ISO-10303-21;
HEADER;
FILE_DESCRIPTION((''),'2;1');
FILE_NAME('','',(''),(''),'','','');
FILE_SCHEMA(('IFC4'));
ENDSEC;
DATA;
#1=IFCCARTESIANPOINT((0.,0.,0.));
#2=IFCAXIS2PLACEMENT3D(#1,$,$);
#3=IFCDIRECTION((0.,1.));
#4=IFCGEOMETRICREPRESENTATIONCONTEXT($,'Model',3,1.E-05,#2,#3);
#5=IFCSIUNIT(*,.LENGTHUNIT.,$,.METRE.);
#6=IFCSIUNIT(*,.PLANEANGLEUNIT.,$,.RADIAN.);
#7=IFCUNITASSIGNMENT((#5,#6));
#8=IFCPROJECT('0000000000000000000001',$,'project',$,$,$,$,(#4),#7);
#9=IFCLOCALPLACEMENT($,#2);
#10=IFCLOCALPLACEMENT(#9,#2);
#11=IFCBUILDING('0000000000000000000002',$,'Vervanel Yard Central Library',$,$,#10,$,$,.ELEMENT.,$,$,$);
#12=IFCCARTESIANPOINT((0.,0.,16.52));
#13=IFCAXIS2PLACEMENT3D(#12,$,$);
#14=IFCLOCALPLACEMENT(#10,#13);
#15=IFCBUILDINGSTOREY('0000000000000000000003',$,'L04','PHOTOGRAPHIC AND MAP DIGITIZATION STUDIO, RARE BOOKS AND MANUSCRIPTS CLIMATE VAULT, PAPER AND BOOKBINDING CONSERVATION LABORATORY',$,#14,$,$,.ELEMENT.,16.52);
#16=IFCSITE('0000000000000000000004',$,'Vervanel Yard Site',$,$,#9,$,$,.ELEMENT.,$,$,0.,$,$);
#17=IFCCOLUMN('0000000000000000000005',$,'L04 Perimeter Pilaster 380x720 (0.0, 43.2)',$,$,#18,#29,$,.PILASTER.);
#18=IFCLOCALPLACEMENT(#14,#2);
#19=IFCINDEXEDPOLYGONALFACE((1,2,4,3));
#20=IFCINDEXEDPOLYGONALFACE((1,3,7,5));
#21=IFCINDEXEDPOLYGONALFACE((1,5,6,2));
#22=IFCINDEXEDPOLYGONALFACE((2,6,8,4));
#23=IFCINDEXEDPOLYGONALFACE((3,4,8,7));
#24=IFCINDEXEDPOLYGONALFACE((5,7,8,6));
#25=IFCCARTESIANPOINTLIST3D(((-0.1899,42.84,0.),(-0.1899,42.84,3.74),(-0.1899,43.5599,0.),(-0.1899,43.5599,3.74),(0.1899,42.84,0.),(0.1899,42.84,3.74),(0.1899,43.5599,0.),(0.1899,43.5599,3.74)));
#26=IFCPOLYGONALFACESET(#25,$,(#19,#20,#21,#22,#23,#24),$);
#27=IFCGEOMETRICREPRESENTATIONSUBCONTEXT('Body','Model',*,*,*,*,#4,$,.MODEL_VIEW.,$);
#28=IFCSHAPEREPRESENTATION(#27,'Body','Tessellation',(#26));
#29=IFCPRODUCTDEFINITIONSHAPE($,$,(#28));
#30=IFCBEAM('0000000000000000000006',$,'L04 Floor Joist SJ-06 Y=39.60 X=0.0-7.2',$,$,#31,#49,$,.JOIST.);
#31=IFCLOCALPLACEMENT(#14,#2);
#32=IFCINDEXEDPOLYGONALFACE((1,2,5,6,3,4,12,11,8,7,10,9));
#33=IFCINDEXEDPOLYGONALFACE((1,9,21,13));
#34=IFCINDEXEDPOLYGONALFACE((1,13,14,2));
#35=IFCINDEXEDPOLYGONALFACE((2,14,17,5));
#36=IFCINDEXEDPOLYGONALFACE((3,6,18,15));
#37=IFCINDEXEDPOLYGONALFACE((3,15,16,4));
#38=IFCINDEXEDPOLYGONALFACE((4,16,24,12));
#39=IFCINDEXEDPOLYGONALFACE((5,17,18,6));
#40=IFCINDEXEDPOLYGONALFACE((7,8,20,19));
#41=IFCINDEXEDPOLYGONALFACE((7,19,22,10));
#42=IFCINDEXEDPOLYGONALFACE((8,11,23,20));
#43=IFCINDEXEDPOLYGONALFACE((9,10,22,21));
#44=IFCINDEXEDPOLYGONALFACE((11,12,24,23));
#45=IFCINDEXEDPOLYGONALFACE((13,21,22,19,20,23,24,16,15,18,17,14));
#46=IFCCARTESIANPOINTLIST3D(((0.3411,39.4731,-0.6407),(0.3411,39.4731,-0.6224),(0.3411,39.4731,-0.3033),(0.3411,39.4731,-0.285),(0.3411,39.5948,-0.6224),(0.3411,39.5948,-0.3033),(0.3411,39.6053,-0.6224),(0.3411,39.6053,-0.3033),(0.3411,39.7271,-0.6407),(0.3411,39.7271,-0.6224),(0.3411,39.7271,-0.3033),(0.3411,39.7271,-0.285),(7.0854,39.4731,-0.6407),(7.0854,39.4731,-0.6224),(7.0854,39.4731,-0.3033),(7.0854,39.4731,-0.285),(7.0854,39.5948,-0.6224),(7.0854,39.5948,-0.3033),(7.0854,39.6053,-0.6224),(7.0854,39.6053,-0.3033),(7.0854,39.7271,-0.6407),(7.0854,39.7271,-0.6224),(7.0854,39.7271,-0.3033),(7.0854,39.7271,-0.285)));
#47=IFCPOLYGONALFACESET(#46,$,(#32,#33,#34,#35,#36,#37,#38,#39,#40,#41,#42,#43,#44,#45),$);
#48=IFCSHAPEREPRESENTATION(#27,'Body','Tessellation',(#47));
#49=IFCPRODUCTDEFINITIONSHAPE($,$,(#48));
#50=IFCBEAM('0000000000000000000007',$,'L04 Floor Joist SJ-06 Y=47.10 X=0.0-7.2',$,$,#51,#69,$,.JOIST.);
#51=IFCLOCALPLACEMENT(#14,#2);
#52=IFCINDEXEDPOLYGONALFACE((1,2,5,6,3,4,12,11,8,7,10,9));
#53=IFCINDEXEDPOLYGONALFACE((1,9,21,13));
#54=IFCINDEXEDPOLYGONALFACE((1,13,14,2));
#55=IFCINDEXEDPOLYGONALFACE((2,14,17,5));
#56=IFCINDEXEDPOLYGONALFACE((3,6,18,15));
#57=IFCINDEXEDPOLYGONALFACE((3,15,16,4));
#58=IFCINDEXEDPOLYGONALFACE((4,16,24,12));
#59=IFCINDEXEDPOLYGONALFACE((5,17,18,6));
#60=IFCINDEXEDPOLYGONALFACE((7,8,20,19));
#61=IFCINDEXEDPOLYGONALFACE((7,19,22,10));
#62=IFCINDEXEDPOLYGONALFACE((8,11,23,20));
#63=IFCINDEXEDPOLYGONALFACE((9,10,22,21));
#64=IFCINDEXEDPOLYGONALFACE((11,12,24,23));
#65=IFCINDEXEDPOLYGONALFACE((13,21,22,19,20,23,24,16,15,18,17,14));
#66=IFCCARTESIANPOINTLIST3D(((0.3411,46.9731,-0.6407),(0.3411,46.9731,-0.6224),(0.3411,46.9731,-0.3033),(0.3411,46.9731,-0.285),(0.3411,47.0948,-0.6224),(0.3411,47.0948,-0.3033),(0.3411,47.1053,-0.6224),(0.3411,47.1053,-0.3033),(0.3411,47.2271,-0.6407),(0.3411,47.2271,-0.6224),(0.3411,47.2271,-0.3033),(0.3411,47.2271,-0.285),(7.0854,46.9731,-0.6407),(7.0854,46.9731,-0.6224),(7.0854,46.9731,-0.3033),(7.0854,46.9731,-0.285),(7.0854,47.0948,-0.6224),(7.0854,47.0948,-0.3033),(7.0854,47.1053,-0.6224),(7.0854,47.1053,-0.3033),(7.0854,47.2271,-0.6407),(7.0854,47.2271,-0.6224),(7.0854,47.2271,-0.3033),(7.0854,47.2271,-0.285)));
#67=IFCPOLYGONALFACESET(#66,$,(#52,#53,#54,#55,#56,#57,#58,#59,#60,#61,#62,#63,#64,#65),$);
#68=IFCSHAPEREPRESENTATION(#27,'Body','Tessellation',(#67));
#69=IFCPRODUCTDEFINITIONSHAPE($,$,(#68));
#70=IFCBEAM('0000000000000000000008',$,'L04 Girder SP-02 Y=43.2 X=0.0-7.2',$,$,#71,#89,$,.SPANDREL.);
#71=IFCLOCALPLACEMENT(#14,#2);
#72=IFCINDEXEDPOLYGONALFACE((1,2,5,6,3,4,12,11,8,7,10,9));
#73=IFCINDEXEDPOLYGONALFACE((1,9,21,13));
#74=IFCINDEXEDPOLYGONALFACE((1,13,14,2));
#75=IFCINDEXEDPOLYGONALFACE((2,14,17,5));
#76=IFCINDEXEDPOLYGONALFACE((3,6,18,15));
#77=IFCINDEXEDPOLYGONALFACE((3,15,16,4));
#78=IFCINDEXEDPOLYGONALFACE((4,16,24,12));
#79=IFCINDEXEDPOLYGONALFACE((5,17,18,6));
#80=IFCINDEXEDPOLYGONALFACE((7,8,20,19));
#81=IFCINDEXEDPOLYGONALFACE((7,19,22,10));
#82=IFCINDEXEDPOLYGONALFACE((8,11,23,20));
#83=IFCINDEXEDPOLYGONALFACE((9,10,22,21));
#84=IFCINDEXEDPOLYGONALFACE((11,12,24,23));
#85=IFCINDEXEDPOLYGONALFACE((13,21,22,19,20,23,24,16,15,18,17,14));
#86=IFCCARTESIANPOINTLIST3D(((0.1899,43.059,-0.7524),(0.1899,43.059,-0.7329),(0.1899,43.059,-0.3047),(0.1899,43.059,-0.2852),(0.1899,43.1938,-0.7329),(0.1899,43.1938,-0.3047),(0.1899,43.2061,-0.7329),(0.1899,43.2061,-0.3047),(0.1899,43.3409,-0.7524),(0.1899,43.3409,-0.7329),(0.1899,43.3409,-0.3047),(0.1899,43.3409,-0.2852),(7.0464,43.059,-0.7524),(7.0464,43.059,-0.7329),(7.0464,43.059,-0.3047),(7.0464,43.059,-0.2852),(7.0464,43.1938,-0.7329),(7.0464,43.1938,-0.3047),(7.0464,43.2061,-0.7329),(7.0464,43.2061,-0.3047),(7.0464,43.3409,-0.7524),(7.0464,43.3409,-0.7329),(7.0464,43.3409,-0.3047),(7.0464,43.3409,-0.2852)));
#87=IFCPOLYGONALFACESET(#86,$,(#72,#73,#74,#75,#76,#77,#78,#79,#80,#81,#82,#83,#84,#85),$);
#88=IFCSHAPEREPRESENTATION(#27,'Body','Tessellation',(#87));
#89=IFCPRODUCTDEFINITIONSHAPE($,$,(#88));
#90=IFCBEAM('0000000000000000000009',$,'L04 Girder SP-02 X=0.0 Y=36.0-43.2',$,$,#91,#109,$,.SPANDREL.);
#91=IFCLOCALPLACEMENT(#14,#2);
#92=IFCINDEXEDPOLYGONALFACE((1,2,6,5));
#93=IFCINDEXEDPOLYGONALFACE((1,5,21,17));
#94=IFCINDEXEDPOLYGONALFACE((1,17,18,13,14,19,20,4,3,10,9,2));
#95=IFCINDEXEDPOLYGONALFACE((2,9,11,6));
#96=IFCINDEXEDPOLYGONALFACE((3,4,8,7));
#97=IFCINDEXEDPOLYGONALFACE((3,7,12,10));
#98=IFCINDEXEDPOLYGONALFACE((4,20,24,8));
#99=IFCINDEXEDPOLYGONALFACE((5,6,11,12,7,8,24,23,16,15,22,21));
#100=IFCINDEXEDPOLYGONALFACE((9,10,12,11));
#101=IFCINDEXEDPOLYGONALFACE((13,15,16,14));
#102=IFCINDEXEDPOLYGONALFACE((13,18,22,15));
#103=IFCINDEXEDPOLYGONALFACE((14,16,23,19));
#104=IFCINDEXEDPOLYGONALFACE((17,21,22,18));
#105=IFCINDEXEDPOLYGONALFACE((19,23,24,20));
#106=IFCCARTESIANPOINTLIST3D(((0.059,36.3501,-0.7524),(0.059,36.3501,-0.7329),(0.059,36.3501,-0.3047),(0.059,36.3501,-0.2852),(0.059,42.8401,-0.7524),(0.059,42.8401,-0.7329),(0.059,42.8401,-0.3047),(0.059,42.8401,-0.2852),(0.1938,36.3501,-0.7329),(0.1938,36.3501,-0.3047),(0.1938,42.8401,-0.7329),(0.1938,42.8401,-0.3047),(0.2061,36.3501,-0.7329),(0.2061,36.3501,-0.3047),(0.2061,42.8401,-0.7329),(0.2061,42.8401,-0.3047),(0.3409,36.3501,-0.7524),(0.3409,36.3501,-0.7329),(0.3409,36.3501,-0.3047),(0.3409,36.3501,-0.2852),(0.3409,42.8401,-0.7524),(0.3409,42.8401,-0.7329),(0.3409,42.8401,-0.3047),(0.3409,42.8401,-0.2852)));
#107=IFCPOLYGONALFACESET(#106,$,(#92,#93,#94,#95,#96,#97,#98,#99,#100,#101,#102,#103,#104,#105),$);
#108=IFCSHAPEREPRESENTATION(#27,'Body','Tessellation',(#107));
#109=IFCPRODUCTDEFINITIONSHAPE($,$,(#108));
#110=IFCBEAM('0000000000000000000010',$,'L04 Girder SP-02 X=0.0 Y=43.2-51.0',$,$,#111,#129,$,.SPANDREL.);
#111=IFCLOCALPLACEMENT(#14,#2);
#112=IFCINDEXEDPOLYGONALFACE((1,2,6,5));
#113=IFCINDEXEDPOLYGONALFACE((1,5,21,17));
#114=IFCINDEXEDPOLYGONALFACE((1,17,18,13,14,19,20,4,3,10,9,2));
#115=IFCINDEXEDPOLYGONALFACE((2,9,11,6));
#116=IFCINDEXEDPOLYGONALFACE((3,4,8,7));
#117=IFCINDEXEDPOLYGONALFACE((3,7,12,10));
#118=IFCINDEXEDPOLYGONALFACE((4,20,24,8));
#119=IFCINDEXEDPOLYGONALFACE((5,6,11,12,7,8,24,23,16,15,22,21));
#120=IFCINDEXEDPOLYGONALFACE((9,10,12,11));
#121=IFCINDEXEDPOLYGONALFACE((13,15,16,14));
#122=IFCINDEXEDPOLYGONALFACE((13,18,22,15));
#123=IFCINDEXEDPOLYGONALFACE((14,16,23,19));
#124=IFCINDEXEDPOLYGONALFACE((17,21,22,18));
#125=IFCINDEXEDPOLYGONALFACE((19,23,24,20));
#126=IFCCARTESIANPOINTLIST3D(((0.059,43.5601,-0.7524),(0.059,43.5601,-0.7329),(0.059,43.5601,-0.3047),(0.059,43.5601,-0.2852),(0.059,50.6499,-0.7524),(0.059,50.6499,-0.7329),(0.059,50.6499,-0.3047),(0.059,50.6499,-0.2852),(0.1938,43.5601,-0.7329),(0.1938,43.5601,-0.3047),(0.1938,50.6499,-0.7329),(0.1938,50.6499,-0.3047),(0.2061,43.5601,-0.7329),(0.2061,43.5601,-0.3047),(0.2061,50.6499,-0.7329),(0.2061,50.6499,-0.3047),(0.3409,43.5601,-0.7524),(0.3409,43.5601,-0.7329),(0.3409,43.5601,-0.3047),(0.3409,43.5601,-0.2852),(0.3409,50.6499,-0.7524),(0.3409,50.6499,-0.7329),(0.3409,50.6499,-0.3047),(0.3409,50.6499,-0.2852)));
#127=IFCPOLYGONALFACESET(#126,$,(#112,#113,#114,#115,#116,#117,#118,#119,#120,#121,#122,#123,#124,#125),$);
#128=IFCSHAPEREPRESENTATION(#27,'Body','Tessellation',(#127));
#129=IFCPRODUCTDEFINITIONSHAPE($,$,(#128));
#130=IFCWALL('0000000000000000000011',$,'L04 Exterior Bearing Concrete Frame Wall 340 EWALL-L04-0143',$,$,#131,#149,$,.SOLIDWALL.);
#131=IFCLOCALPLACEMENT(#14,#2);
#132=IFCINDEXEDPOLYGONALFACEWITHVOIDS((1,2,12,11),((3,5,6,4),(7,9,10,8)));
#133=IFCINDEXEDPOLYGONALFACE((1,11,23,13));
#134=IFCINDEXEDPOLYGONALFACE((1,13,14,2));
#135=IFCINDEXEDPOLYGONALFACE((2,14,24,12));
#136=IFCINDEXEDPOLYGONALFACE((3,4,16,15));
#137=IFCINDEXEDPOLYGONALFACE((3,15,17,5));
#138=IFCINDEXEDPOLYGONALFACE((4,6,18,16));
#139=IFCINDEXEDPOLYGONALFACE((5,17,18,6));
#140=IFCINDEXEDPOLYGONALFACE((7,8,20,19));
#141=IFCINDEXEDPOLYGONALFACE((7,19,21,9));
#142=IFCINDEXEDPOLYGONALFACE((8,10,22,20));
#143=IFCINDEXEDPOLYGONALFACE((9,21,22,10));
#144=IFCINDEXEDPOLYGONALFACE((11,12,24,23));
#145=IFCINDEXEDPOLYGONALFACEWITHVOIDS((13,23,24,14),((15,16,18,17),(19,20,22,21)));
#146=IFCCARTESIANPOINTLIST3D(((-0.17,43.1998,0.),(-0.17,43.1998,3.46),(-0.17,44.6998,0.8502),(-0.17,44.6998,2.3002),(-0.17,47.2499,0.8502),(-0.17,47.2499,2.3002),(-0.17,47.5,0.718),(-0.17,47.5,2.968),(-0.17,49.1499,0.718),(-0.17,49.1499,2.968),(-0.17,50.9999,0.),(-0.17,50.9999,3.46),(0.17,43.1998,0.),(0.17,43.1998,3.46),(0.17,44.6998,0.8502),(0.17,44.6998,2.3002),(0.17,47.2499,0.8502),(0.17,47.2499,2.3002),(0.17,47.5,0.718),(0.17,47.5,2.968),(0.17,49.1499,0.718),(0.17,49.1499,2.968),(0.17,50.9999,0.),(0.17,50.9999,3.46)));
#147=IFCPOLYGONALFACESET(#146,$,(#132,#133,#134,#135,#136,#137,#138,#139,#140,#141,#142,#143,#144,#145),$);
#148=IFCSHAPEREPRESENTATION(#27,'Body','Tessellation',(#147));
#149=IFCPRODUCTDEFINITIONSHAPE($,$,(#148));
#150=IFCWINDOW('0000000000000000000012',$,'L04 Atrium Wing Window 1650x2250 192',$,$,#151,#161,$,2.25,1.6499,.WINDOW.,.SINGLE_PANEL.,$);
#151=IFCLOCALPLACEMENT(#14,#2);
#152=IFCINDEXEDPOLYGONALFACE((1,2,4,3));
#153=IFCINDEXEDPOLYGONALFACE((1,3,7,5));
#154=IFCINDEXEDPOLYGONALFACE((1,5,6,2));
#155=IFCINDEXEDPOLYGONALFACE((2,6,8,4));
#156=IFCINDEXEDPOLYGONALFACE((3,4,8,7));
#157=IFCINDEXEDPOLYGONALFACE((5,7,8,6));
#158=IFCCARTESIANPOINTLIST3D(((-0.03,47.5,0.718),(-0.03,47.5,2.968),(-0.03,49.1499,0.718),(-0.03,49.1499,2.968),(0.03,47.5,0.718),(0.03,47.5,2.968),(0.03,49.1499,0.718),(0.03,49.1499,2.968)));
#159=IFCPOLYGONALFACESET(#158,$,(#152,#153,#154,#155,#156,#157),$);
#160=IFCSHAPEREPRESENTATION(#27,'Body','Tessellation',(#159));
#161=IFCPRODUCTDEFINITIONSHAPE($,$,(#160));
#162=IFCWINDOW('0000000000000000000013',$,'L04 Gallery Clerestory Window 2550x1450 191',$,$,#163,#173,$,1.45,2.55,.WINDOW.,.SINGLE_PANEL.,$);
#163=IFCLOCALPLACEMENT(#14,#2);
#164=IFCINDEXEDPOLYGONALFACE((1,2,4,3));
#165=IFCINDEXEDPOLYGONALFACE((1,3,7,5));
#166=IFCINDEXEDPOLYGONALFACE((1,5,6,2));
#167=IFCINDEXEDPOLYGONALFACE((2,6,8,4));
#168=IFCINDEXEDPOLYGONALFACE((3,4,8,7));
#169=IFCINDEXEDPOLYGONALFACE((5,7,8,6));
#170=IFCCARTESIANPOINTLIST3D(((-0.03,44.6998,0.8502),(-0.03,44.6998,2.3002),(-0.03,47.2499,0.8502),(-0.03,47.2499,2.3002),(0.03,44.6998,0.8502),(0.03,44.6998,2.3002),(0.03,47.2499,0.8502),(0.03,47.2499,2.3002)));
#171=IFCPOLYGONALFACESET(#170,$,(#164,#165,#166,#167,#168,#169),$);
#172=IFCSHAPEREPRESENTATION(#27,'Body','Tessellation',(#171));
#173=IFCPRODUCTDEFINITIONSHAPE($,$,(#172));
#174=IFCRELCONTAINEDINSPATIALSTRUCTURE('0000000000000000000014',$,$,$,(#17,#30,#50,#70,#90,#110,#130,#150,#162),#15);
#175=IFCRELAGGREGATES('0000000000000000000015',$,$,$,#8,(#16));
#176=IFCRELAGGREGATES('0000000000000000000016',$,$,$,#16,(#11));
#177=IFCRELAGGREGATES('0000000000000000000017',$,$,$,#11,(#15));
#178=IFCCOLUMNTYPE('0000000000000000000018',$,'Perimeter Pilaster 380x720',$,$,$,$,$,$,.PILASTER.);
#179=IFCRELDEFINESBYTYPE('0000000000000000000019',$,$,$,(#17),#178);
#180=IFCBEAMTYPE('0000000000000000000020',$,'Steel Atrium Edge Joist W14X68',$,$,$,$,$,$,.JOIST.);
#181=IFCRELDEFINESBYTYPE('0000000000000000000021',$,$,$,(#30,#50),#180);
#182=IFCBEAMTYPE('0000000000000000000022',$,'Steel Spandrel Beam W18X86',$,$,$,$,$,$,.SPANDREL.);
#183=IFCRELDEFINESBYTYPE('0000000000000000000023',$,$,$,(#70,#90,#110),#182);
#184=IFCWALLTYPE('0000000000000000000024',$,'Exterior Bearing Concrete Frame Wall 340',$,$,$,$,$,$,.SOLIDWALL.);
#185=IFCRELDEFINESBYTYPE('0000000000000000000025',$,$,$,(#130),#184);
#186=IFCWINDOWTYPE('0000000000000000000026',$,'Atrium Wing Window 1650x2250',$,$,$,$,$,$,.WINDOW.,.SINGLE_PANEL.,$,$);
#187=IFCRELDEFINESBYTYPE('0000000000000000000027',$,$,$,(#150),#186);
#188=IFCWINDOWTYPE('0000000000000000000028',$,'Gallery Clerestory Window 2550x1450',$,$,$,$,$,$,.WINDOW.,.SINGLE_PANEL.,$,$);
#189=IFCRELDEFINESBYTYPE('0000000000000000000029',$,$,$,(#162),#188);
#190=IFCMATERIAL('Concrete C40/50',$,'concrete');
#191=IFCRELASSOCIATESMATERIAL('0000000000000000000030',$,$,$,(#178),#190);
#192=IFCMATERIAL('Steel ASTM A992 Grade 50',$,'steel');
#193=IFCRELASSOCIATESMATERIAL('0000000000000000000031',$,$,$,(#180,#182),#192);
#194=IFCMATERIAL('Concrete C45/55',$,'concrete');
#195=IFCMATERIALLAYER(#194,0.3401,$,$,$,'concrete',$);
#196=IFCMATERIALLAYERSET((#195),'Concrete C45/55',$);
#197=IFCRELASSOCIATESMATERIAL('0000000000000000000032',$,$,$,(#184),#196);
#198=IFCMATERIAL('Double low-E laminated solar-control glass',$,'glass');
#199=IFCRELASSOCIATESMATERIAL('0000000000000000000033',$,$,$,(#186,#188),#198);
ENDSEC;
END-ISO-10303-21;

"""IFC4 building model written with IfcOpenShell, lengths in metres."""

from ifc_helpers import new_model, si_unit, direction, frame, frame_2d, origin, origin_2d, place, context, subcontext, project, spatial, rectangle, i_section, extrude, material, layer, layer_set, material_profile, profile_set, type_object, element, fill, save


model = new_model("IFC4")

# Units and contexts
model_context = context("Model", 3, precision=1e-05, world=origin(), true_north=direction((0.0, 1.0)))
body_context = subcontext(model_context, "Body", "Model", "MODEL_VIEW")
ifc_project = project(units=[si_unit("LENGTHUNIT", "METRE"), si_unit("PLANEANGLEUNIT", "RADIAN")], contexts=[model_context])

# Site, building, storey
site_placement = place(None, origin())
site = spatial("IfcSite", under=ifc_project, at=site_placement, Name="Vervanel Yard Site", CompositionType="ELEMENT", RefElevation=0.0)
building_placement = place(site_placement, origin())
building = spatial("IfcBuilding", under=site, at=building_placement, Name="Vervanel Yard Central Library", CompositionType="ELEMENT")
storey_placement = place(building_placement, frame((0.0, 0.0, 16.52)))
storey = spatial("IfcBuildingStorey", under=building, at=storey_placement, Name="L04", Description="PHOTOGRAPHIC AND MAP DIGITIZATION STUDIO, RARE BOOKS AND MANUSCRIPTS CLIMATE VAULT, PAPER AND BOOKBINDING CONSERVATION LABORATORY", CompositionType="ELEMENT", Elevation=16.52)

# Column
ifc_material_1 = material(Name="Concrete C40/50", Category="concrete")
ifc_material_profile_1 = material_profile(ifc_material_1, rectangle(XDim=0.3799, YDim=0.72, at=origin_2d()), Name="RC 380x720", Category="concrete")
ifc_profile_set_1 = profile_set([ifc_material_profile_1], Name="Concrete C40/50")
column_type = type_object("IfcColumnType", Name="Perimeter Pilaster 380x720", PredefinedType="PILASTER", material=ifc_profile_set_1)
column_placement = place(storey_placement, frame((0.0, 43.2, 0.0), z_axis=(0.0, 0.0, 1.0), x_axis=(1.0, 0.0, 0.0)))
element("IfcColumn", 1, at=column_placement, inside=storey, type_object=column_type, Name="L04 Perimeter Pilaster 380x720 (0.0, 43.2)", PredefinedType="PILASTER", context=body_context, shape_type="SweptSolid", body=[
    extrude(rectangle(XDim=0.3799, YDim=0.72, at=origin_2d()), origin(), (0.0, 0.0, 1.0), 3.74),
])

# Beams
ifc_material_2 = material(Name="Steel ASTM A992 Grade 50", Category="steel")
ifc_material_profile_2 = material_profile(ifc_material_2, i_section(OverallWidth=0.2539, OverallDepth=0.3557, WebThickness=0.0105, FlangeThickness=0.0183, at=origin_2d()), Name="W14X68", Category="steel")
ifc_profile_set_2 = profile_set([ifc_material_profile_2], Name="Steel ASTM A992 Grade 50")
beam_type_1 = type_object("IfcBeamType", Name="Steel Atrium Edge Joist W14X68", PredefinedType="JOIST", material=ifc_profile_set_2)
for number, where, z_axis, x_axis, name in (
    (2, (0.3411, 39.6001, -0.4629), (1.0, 0.0, 0.0), (0.0, 1.0, 0.0), "L04 Floor Joist SJ-06 Y=39.60 X=0.0-7.2"),
    (3, (0.3411, 47.1001, -0.4629), (1.0, 0.0, 0.0), (0.0, 1.0, 0.0), "L04 Floor Joist SJ-06 Y=47.10 X=0.0-7.2"),
):
    element("IfcBeam", number, at=place(storey_placement, frame(where, z_axis=z_axis, x_axis=x_axis)), inside=storey, type_object=beam_type_1, Name=name, PredefinedType="JOIST", context=body_context, shape_type="SweptSolid", body=[
        extrude(i_section(OverallWidth=0.2539, OverallDepth=0.3557, WebThickness=0.0105, FlangeThickness=0.0183, at=origin_2d()), origin(), (0.0, 0.0, 1.0), 6.7444),
    ])
ifc_material_profile_3 = material_profile(ifc_material_2, i_section(OverallWidth=0.282, OverallDepth=0.4673, WebThickness=0.0122, FlangeThickness=0.0195, at=origin_2d()), Name="W18X86", Category="steel")
ifc_profile_set_3 = profile_set([ifc_material_profile_3], Name="Steel ASTM A992 Grade 50")
beam_type_2 = type_object("IfcBeamType", Name="Steel Spandrel Beam W18X86", PredefinedType="SPANDREL", material=ifc_profile_set_3)
beam_1_placement = place(storey_placement, frame((0.1899, 43.2, -0.5188), z_axis=(1.0, 0.0, 0.0), x_axis=(0.0, 1.0, 0.0)))
element("IfcBeam", 4, at=beam_1_placement, inside=storey, type_object=beam_type_2, Name="L04 Girder SP-02 Y=43.2 X=0.0-7.2", PredefinedType="SPANDREL", context=body_context, shape_type="SweptSolid", body=[
    extrude(i_section(OverallWidth=0.282, OverallDepth=0.4673, WebThickness=0.0122, FlangeThickness=0.0195, at=origin_2d()), origin(), (0.0, 0.0, 1.0), 6.8564),
])
beam_2_placement = place(storey_placement, frame((0.2, 36.3501, -0.5188), z_axis=(0.0, 1.0, 0.0), x_axis=(-1.0, 0.0, 0.0)))
element("IfcBeam", 5, at=beam_2_placement, inside=storey, type_object=beam_type_2, Name="L04 Girder SP-02 X=0.0 Y=36.0-43.2", PredefinedType="SPANDREL", context=body_context, shape_type="SweptSolid", body=[
    extrude(i_section(OverallWidth=0.282, OverallDepth=0.4673, WebThickness=0.0122, FlangeThickness=0.0195, at=origin_2d()), origin(), (0.0, 0.0, 1.0), 6.49),
])
beam_3_placement = place(storey_placement, frame((0.2, 43.5601, -0.5188), z_axis=(0.0, 1.0, 0.0), x_axis=(-1.0, 0.0, 0.0)))
element("IfcBeam", 6, at=beam_3_placement, inside=storey, type_object=beam_type_2, Name="L04 Girder SP-02 X=0.0 Y=43.2-51.0", PredefinedType="SPANDREL", context=body_context, shape_type="SweptSolid", body=[
    extrude(i_section(OverallWidth=0.282, OverallDepth=0.4673, WebThickness=0.0122, FlangeThickness=0.0195, at=origin_2d()), origin(), (0.0, 0.0, 1.0), 7.0898),
])

# Wall, openings, windows
ifc_material_3 = material(Name="Concrete C45/55", Category="concrete")
ifc_layer_1 = layer(ifc_material_3, 0.3401, Category="concrete")
ifc_layer_set_1 = layer_set([ifc_layer_1], Name="Concrete C45/55")
wall_type = type_object("IfcWallType", Name="Exterior Bearing Concrete Frame Wall 340", PredefinedType="SOLIDWALL", material=ifc_layer_set_1)
wall_placement = place(storey_placement, frame((0.0, 43.2, 0.0), z_axis=(0.0, 0.0, 1.0), x_axis=(0.0, 1.0, 0.0)))
wall = element("IfcWall", 7, at=wall_placement, inside=storey, type_object=wall_type, Name="L04 Exterior Bearing Concrete Frame Wall 340 EWALL-L04-0143", PredefinedType="SOLIDWALL", context=body_context, shape_type="SweptSolid", body=[
    extrude(rectangle(XDim=7.8, YDim=0.3401, at=frame_2d((3.8999, 0.0))), origin(), (0.0, 0.0, 1.0), 3.46),
])
opening_1_placement = place(wall_placement, frame((1.5, 0.0, 0.8501)))
opening_1 = element("IfcOpeningElement", 8, at=opening_1_placement, cuts=wall, PredefinedType="OPENING", context=body_context, shape_type="SweptSolid", body=[
    extrude(rectangle(XDim=2.55, YDim=1.45, at=frame_2d((1.2749, 0.7251))), frame((0.0, 0.1799, 0.0), z_axis=(0.0, -1.0, 0.0), x_axis=(1.0, 0.0, 0.0)), (0.0, 0.0, 1.0), 0.3601),
])
opening_2_placement = place(wall_placement, frame((4.3, 0.0, 0.718)))
opening_2 = element("IfcOpeningElement", 9, at=opening_2_placement, cuts=wall, PredefinedType="OPENING", context=body_context, shape_type="SweptSolid", body=[
    extrude(rectangle(XDim=1.6499, YDim=2.25, at=frame_2d((0.825, 1.125))), frame((0.0, 0.1799, 0.0), z_axis=(0.0, -1.0, 0.0), x_axis=(1.0, 0.0, 0.0)), (0.0, 0.0, 1.0), 0.3601),
])
ifc_material_4 = material(Name="Double low-E laminated solar-control glass", Category="glass")
window_type_1 = type_object("IfcWindowType", Name="Atrium Wing Window 1650x2250", PartitioningType="SINGLE_PANEL", PredefinedType="WINDOW", material=ifc_material_4)
window_1_placement = place(opening_2_placement, origin())
window_1 = element("IfcWindow", 10, at=window_1_placement, inside=storey, type_object=window_type_1, Name="L04 Atrium Wing Window 1650x2250 192", OverallHeight=2.25, OverallWidth=1.6499, PartitioningType="SINGLE_PANEL", PredefinedType="WINDOW", context=body_context, shape_type="SweptSolid", body=[
    extrude(rectangle(XDim=1.6499, YDim=2.25, at=frame_2d((0.825, 1.125))), frame((0.0, 0.03, 0.0), z_axis=(0.0, -1.0, 0.0), x_axis=(1.0, 0.0, 0.0)), (0.0, 0.0, 1.0), 0.0601),
])
fill(opening_2, window_1)
window_type_2 = type_object("IfcWindowType", Name="Gallery Clerestory Window 2550x1450", PartitioningType="SINGLE_PANEL", PredefinedType="WINDOW", material=ifc_material_4)
window_2_placement = place(opening_1_placement, origin())
window_2 = element("IfcWindow", 11, at=window_2_placement, inside=storey, type_object=window_type_2, Name="L04 Gallery Clerestory Window 2550x1450 191", OverallHeight=1.45, OverallWidth=2.55, PartitioningType="SINGLE_PANEL", PredefinedType="WINDOW", context=body_context, shape_type="SweptSolid", body=[
    extrude(rectangle(XDim=2.55, YDim=1.45, at=frame_2d((1.2749, 0.7251))), frame((0.0, 0.03, 0.0), z_axis=(0.0, -1.0, 0.0), x_axis=(1.0, 0.0, 0.0)), (0.0, 0.0, 1.0), 0.0601),
])
fill(opening_1, window_2)

save(model, "model.ifc")
